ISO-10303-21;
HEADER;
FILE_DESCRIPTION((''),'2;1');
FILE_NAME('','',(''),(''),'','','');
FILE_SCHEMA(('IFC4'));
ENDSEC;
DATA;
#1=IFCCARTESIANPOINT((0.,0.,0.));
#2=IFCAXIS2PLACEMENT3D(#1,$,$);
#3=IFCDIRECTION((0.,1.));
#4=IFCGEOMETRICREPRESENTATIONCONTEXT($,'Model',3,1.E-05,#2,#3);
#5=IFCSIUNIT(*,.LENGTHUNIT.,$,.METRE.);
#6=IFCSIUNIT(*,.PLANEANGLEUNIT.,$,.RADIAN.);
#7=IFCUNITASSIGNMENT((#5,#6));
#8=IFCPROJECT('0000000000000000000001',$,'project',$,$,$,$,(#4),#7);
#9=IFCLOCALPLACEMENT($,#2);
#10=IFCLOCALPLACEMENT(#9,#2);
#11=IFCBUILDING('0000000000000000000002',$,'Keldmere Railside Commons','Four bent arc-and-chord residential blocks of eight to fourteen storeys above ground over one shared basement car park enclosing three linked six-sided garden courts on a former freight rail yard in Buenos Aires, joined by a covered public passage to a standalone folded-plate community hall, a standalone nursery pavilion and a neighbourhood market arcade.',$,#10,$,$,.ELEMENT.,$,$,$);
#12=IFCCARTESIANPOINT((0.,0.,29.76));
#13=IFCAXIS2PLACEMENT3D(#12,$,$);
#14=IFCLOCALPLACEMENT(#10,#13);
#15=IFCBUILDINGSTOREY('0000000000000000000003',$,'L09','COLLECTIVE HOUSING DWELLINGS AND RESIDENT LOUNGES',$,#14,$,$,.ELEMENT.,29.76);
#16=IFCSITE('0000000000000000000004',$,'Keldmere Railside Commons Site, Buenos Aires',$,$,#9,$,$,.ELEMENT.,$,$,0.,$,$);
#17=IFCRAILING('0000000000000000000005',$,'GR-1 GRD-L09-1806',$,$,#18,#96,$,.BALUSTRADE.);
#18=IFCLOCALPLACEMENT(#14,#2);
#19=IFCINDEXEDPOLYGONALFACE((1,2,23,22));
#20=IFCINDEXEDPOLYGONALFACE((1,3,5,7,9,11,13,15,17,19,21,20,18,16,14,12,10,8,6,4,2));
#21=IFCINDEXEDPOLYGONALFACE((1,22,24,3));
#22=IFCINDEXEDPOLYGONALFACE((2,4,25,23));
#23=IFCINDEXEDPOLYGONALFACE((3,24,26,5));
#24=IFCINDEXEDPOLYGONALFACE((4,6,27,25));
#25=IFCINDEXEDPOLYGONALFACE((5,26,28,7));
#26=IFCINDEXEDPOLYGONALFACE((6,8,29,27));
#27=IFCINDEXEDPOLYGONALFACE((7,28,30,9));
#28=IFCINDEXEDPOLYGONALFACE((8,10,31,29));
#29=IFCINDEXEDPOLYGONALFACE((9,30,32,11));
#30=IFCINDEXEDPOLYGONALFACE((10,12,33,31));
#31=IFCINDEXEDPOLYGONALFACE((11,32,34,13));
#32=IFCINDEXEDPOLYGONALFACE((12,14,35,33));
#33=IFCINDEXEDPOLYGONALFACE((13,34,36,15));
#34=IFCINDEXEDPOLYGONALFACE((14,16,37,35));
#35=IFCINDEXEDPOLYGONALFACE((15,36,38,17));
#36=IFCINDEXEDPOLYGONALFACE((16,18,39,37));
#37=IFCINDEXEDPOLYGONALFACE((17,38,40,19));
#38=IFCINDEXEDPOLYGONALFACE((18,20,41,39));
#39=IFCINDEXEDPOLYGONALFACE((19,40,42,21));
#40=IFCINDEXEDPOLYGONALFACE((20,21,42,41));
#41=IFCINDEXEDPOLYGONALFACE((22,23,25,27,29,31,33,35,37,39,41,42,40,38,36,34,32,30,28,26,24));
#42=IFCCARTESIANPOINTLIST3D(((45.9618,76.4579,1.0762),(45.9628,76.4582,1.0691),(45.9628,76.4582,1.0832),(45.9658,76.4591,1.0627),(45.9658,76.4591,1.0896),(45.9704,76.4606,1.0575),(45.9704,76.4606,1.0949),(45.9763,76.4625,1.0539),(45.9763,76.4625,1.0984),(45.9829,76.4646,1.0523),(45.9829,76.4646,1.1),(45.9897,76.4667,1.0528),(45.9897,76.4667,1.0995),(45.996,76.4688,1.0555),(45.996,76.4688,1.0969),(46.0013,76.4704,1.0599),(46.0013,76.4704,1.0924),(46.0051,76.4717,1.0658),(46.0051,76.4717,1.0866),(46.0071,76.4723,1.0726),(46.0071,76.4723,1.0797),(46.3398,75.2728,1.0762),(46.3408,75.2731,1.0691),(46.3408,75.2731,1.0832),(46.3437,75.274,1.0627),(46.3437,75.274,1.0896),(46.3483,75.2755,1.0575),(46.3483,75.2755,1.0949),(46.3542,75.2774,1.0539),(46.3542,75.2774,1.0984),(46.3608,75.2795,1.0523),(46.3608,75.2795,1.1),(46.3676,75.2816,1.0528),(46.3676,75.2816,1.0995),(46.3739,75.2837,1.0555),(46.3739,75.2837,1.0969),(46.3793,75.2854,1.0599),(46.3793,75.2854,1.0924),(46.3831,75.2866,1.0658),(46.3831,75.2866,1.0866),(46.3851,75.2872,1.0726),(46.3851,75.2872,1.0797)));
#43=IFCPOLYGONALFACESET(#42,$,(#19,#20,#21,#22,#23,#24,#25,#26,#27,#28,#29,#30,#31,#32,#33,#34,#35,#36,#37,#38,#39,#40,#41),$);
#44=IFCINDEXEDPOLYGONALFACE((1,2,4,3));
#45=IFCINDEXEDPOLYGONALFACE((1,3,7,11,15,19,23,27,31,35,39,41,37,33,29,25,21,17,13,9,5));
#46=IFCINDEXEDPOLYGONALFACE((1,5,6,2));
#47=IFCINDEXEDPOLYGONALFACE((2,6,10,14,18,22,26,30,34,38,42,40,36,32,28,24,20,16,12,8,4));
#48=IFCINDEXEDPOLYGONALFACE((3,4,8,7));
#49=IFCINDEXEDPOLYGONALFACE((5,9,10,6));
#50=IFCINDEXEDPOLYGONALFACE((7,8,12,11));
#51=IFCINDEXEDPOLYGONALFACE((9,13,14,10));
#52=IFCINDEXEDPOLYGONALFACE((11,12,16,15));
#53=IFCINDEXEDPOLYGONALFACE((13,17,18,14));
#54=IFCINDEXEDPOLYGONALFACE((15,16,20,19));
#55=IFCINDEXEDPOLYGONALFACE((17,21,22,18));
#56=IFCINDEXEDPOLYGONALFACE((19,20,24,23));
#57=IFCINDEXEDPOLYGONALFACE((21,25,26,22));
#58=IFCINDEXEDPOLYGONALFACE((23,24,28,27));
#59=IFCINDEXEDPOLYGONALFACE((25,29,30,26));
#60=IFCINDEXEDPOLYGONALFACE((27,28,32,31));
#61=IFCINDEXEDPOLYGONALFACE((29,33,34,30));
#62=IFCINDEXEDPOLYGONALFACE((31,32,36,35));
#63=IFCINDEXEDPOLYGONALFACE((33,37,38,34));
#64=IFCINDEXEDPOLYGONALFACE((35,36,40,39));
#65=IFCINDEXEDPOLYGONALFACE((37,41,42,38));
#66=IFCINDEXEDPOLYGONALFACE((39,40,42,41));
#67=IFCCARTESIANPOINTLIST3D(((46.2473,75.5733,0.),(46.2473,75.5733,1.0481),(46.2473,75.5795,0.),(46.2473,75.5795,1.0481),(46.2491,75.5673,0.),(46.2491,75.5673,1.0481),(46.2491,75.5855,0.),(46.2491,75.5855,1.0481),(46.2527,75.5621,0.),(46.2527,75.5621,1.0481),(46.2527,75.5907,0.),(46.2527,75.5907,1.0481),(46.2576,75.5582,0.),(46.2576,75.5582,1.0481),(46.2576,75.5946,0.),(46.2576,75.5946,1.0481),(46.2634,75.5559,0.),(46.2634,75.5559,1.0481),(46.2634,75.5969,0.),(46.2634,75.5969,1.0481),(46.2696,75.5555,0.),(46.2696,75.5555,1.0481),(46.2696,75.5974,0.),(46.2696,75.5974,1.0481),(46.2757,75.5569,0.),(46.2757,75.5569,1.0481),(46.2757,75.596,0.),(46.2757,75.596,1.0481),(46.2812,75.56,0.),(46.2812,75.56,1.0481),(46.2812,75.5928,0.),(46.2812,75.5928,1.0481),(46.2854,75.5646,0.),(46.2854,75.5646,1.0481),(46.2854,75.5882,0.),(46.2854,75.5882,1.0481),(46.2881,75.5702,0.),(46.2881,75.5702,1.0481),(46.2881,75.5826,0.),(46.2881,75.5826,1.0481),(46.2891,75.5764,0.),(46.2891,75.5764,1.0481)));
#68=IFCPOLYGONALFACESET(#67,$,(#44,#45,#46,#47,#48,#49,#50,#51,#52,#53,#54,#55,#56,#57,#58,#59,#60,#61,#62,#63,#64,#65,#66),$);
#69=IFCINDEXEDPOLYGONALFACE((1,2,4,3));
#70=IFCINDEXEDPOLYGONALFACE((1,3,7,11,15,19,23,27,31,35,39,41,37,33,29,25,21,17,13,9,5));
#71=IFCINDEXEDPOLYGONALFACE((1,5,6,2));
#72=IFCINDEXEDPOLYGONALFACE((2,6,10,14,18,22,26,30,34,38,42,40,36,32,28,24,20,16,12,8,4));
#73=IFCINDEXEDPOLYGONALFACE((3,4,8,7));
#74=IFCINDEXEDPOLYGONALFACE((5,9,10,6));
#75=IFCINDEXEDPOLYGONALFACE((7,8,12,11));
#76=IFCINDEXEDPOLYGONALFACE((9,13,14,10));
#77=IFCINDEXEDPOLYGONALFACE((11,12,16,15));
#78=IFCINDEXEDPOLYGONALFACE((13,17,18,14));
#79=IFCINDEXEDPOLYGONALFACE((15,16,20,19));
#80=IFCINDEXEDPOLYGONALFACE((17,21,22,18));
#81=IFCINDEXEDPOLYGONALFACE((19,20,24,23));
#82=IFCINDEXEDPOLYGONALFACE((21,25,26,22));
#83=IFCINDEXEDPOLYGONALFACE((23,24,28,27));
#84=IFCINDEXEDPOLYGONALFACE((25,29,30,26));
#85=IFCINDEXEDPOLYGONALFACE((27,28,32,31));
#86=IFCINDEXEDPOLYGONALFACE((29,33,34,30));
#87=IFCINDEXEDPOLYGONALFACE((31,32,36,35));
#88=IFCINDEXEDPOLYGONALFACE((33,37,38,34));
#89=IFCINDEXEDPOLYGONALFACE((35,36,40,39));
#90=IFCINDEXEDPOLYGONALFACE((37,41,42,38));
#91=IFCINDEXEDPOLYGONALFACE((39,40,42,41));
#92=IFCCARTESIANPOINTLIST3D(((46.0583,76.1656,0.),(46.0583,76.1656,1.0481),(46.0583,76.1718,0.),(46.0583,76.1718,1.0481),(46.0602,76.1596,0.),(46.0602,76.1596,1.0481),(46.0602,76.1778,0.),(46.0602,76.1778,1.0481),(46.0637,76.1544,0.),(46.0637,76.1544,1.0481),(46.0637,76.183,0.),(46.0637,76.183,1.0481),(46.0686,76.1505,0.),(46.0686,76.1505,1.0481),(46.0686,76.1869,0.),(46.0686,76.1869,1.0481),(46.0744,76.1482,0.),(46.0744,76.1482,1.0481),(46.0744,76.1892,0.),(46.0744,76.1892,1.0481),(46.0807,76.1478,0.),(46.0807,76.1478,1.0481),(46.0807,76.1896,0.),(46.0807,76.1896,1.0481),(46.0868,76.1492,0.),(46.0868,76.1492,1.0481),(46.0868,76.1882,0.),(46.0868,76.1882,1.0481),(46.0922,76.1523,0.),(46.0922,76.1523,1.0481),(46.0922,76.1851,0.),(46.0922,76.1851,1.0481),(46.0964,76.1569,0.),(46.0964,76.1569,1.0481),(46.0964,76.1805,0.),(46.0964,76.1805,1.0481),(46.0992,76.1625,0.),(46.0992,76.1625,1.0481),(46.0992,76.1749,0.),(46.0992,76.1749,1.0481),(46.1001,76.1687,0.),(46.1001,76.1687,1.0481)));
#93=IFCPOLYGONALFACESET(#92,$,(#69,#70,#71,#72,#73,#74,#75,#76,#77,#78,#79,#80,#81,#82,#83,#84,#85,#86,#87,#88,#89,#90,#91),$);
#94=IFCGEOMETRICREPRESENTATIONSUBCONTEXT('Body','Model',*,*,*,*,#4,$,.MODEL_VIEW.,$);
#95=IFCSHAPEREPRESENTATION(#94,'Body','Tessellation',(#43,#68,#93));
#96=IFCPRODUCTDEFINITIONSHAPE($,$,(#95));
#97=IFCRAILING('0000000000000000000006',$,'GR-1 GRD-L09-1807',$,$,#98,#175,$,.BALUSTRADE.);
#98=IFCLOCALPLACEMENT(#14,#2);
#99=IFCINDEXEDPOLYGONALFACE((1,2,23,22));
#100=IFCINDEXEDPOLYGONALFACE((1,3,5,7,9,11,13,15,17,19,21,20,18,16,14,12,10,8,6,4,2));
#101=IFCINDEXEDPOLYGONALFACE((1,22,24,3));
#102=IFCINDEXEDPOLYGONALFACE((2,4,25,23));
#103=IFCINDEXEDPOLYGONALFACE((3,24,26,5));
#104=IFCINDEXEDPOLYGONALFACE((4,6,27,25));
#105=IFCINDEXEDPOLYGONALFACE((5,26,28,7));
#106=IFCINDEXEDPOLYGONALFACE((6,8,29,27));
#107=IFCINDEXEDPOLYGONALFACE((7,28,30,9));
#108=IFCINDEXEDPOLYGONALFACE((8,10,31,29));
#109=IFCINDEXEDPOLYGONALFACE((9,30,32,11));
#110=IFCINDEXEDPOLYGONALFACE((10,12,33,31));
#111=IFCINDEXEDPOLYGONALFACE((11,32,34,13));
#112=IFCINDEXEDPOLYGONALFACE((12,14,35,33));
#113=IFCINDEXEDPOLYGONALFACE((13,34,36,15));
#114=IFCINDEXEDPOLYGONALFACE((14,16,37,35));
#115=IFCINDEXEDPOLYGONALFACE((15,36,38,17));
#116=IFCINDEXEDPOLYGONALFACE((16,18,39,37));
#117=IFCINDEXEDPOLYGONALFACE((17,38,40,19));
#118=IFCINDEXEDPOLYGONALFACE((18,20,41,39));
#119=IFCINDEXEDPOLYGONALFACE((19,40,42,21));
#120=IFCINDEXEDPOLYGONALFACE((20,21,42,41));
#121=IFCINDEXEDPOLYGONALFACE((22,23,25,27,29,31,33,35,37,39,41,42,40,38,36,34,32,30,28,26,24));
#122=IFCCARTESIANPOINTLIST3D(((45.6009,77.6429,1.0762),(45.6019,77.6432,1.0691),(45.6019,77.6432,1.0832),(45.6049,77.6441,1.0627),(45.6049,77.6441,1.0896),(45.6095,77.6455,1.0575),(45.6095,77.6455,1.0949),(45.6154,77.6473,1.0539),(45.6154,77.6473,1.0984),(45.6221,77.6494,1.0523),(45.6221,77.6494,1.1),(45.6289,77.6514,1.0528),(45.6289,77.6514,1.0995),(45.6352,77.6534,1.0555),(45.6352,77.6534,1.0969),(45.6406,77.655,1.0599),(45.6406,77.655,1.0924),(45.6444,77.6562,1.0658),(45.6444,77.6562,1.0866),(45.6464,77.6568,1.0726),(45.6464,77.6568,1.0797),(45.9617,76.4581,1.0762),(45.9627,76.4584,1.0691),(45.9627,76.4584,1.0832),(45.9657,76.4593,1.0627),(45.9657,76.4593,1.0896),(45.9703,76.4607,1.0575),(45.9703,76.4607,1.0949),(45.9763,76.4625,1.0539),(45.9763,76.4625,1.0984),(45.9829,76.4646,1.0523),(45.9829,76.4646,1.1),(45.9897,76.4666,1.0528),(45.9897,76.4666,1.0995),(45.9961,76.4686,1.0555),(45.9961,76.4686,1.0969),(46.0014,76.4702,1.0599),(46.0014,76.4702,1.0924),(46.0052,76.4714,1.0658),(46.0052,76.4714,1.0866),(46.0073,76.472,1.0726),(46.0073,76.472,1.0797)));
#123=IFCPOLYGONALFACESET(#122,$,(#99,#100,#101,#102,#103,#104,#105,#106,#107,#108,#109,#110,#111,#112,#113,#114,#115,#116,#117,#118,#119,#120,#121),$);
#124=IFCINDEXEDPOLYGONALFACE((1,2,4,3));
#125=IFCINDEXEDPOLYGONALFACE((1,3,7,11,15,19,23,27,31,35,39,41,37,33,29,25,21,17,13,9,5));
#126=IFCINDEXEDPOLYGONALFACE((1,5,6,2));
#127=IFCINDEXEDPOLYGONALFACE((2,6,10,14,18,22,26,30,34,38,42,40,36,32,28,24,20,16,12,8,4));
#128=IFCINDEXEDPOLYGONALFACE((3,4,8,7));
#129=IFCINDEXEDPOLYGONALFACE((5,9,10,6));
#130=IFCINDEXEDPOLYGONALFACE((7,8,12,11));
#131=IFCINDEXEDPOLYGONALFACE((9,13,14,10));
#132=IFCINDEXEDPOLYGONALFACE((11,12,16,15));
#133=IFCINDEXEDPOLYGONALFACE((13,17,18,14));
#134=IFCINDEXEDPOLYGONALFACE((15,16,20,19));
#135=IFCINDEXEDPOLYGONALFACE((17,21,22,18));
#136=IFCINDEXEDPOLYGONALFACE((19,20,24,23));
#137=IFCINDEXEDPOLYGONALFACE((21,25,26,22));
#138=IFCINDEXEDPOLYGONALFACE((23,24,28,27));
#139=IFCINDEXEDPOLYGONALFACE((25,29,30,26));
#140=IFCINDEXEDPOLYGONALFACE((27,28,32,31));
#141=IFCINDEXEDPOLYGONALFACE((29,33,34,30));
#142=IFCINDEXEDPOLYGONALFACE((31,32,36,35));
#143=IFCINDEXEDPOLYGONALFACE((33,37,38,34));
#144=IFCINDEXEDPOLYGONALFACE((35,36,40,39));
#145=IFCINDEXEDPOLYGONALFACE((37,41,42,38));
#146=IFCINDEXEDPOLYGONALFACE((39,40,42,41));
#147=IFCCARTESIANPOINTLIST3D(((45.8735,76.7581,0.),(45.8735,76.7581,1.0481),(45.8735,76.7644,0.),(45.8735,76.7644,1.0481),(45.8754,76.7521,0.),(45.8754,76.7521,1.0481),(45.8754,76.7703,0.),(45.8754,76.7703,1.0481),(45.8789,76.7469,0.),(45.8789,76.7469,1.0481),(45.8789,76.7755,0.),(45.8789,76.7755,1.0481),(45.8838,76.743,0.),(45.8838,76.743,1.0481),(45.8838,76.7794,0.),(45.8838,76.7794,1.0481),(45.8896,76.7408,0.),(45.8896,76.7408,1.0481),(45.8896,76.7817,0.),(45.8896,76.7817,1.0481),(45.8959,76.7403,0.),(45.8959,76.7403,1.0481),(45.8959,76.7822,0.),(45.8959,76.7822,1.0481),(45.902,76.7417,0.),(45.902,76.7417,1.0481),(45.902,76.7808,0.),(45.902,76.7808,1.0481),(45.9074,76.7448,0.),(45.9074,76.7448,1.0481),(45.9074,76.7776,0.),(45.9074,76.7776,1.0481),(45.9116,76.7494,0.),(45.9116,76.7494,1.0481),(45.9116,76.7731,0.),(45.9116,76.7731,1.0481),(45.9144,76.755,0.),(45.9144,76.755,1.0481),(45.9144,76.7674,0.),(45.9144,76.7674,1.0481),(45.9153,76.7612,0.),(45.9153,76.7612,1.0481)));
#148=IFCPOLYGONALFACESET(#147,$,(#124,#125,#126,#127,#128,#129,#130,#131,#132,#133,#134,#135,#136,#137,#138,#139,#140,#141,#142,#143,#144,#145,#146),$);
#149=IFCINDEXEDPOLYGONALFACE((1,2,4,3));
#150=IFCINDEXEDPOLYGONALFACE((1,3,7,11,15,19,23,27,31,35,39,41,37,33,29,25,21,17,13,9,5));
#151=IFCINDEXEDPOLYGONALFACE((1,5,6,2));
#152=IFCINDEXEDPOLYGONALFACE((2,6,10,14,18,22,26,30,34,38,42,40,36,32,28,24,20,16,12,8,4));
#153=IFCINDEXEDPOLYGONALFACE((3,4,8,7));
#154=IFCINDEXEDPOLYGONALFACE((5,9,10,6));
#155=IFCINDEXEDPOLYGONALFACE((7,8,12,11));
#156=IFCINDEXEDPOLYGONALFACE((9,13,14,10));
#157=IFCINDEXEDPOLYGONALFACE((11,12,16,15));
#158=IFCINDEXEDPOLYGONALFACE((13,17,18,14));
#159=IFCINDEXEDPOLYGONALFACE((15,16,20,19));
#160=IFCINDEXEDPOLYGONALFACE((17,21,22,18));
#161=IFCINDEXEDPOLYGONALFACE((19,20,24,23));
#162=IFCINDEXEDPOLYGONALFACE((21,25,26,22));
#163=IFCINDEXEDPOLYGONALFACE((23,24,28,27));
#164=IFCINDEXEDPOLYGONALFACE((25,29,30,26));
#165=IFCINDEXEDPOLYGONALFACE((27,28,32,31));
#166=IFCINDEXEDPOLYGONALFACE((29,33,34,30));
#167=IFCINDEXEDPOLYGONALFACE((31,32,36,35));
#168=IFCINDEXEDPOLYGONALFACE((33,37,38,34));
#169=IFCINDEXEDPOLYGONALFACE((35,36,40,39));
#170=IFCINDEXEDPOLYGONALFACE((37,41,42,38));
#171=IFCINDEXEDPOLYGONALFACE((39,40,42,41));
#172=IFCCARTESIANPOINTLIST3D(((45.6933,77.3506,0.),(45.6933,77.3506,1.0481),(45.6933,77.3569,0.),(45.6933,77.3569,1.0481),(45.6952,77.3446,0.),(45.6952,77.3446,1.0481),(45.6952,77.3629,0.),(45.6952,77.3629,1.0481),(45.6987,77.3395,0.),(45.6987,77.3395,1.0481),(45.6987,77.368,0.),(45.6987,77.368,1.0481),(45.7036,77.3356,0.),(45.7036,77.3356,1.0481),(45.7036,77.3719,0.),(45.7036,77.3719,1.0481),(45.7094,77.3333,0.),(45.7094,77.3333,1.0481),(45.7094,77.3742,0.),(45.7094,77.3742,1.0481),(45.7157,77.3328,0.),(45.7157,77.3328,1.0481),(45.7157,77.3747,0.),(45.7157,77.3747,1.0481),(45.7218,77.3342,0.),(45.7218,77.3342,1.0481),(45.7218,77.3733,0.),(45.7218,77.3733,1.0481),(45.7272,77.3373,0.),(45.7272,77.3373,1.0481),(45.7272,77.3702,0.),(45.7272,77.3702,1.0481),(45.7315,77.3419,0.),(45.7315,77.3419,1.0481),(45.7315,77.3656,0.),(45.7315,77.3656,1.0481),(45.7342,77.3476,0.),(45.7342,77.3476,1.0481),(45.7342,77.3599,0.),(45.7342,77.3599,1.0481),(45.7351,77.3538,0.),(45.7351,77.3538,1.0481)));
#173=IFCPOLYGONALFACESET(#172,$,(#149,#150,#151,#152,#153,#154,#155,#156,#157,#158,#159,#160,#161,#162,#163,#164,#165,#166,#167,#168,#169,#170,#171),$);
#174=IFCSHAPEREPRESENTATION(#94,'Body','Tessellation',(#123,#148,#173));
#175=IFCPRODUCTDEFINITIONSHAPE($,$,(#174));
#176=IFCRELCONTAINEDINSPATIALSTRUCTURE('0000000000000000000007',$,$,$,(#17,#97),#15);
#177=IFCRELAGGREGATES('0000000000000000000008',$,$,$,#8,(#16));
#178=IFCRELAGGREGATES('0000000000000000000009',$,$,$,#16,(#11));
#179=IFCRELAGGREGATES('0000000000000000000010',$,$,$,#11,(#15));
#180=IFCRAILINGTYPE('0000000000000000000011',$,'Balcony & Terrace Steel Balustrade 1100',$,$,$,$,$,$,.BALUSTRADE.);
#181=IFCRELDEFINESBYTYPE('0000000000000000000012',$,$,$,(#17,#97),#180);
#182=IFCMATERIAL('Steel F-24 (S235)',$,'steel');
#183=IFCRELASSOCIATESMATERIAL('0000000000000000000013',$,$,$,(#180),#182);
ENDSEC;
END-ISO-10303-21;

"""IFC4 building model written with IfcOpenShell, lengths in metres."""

from ifc_helpers import new_model, si_unit, direction, frame, origin, origin_2d, place, context, subcontext, project, spatial, circle, extrude, material, type_object, element, save


model = new_model("IFC4")

# Units and contexts
model_context = context("Model", 3, precision=1e-05, world=origin(), true_north=direction((0.0, 1.0)))
body_context = subcontext(model_context, "Body", "Model", "MODEL_VIEW")
ifc_project = project(units=[si_unit("LENGTHUNIT", "METRE"), si_unit("PLANEANGLEUNIT", "RADIAN")], contexts=[model_context])

# Site, building, storey
site_placement = place(None, origin())
site = spatial("IfcSite", under=ifc_project, at=site_placement, Name="Keldmere Railside Commons Site, Buenos Aires", CompositionType="ELEMENT", RefElevation=0.0)
building_placement = place(site_placement, origin())
building = spatial("IfcBuilding", under=site, at=building_placement, Name="Keldmere Railside Commons", Description="Four bent arc-and-chord residential blocks of eight to fourteen storeys above ground over one shared basement car park enclosing three linked six-sided garden courts on a former freight rail yard in Buenos Aires, joined by a covered public passage to a standalone folded-plate community hall, a standalone nursery pavilion and a neighbourhood market arcade.", CompositionType="ELEMENT")
storey_placement = place(building_placement, frame((0.0, 0.0, 29.76)))
storey = spatial("IfcBuildingStorey", under=building, at=storey_placement, Name="L09", Description="COLLECTIVE HOUSING DWELLINGS AND RESIDENT LOUNGES", CompositionType="ELEMENT", Elevation=29.76)

# Shared definitions
ifc_material_1 = material(Name="Steel F-24 (S235)", Category="steel")

# Railings
railing_type = type_object("IfcRailingType", Name="Balcony & Terrace Steel Balustrade 1100", PredefinedType="BALUSTRADE", material=ifc_material_1)
railing_1_placement = place(storey_placement, frame((46.3625, 75.28, 0.0)))
element("IfcRailing", 1, at=railing_1_placement, inside=storey, type_object=railing_type, Name="GR-1 GRD-L09-1806", PredefinedType="BALUSTRADE", context=body_context, shape_type="SweptSolid", body=[
    extrude(circle(Radius=0.0239, at=origin_2d()), frame((0.0, 0.0, 1.0762), z_axis=(-0.303836, 0.952725, 0.0), x_axis=(-0.952725, -0.303836, 0.0)), (0.0, 0.0, 1.0), 1.2439),
    extrude(circle(Radius=0.021, at=origin_2d()), frame((-0.0945, 0.2964, 0.0)), (0.0, 0.0, 1.0), 1.0481),
    extrude(circle(Radius=0.021, at=origin_2d()), frame((-0.2834, 0.8887, 0.0)), (0.0, 0.0, 1.0), 1.0481),
])
railing_2_placement = place(storey_placement, frame((45.9846, 76.4651, 0.0)))
element("IfcRailing", 2, at=railing_2_placement, inside=storey, type_object=railing_type, Name="GR-1 GRD-L09-1807", PredefinedType="BALUSTRADE", context=body_context, shape_type="SweptSolid", body=[
    extrude(circle(Radius=0.0239, at=origin_2d()), frame((0.0, 0.0, 1.0762), z_axis=(-0.291342, 0.956619, 0.0), x_axis=(-0.956619, -0.291342, 0.0)), (0.0, 0.0, 1.0), 1.2385),
    extrude(circle(Radius=0.021, at=origin_2d()), frame((-0.0903, 0.2961, 0.0)), (0.0, 0.0, 1.0), 1.0481),
    extrude(circle(Radius=0.021, at=origin_2d()), frame((-0.2705, 0.8887, 0.0)), (0.0, 0.0, 1.0), 1.0481),
])

save(model, "model.ifc")
